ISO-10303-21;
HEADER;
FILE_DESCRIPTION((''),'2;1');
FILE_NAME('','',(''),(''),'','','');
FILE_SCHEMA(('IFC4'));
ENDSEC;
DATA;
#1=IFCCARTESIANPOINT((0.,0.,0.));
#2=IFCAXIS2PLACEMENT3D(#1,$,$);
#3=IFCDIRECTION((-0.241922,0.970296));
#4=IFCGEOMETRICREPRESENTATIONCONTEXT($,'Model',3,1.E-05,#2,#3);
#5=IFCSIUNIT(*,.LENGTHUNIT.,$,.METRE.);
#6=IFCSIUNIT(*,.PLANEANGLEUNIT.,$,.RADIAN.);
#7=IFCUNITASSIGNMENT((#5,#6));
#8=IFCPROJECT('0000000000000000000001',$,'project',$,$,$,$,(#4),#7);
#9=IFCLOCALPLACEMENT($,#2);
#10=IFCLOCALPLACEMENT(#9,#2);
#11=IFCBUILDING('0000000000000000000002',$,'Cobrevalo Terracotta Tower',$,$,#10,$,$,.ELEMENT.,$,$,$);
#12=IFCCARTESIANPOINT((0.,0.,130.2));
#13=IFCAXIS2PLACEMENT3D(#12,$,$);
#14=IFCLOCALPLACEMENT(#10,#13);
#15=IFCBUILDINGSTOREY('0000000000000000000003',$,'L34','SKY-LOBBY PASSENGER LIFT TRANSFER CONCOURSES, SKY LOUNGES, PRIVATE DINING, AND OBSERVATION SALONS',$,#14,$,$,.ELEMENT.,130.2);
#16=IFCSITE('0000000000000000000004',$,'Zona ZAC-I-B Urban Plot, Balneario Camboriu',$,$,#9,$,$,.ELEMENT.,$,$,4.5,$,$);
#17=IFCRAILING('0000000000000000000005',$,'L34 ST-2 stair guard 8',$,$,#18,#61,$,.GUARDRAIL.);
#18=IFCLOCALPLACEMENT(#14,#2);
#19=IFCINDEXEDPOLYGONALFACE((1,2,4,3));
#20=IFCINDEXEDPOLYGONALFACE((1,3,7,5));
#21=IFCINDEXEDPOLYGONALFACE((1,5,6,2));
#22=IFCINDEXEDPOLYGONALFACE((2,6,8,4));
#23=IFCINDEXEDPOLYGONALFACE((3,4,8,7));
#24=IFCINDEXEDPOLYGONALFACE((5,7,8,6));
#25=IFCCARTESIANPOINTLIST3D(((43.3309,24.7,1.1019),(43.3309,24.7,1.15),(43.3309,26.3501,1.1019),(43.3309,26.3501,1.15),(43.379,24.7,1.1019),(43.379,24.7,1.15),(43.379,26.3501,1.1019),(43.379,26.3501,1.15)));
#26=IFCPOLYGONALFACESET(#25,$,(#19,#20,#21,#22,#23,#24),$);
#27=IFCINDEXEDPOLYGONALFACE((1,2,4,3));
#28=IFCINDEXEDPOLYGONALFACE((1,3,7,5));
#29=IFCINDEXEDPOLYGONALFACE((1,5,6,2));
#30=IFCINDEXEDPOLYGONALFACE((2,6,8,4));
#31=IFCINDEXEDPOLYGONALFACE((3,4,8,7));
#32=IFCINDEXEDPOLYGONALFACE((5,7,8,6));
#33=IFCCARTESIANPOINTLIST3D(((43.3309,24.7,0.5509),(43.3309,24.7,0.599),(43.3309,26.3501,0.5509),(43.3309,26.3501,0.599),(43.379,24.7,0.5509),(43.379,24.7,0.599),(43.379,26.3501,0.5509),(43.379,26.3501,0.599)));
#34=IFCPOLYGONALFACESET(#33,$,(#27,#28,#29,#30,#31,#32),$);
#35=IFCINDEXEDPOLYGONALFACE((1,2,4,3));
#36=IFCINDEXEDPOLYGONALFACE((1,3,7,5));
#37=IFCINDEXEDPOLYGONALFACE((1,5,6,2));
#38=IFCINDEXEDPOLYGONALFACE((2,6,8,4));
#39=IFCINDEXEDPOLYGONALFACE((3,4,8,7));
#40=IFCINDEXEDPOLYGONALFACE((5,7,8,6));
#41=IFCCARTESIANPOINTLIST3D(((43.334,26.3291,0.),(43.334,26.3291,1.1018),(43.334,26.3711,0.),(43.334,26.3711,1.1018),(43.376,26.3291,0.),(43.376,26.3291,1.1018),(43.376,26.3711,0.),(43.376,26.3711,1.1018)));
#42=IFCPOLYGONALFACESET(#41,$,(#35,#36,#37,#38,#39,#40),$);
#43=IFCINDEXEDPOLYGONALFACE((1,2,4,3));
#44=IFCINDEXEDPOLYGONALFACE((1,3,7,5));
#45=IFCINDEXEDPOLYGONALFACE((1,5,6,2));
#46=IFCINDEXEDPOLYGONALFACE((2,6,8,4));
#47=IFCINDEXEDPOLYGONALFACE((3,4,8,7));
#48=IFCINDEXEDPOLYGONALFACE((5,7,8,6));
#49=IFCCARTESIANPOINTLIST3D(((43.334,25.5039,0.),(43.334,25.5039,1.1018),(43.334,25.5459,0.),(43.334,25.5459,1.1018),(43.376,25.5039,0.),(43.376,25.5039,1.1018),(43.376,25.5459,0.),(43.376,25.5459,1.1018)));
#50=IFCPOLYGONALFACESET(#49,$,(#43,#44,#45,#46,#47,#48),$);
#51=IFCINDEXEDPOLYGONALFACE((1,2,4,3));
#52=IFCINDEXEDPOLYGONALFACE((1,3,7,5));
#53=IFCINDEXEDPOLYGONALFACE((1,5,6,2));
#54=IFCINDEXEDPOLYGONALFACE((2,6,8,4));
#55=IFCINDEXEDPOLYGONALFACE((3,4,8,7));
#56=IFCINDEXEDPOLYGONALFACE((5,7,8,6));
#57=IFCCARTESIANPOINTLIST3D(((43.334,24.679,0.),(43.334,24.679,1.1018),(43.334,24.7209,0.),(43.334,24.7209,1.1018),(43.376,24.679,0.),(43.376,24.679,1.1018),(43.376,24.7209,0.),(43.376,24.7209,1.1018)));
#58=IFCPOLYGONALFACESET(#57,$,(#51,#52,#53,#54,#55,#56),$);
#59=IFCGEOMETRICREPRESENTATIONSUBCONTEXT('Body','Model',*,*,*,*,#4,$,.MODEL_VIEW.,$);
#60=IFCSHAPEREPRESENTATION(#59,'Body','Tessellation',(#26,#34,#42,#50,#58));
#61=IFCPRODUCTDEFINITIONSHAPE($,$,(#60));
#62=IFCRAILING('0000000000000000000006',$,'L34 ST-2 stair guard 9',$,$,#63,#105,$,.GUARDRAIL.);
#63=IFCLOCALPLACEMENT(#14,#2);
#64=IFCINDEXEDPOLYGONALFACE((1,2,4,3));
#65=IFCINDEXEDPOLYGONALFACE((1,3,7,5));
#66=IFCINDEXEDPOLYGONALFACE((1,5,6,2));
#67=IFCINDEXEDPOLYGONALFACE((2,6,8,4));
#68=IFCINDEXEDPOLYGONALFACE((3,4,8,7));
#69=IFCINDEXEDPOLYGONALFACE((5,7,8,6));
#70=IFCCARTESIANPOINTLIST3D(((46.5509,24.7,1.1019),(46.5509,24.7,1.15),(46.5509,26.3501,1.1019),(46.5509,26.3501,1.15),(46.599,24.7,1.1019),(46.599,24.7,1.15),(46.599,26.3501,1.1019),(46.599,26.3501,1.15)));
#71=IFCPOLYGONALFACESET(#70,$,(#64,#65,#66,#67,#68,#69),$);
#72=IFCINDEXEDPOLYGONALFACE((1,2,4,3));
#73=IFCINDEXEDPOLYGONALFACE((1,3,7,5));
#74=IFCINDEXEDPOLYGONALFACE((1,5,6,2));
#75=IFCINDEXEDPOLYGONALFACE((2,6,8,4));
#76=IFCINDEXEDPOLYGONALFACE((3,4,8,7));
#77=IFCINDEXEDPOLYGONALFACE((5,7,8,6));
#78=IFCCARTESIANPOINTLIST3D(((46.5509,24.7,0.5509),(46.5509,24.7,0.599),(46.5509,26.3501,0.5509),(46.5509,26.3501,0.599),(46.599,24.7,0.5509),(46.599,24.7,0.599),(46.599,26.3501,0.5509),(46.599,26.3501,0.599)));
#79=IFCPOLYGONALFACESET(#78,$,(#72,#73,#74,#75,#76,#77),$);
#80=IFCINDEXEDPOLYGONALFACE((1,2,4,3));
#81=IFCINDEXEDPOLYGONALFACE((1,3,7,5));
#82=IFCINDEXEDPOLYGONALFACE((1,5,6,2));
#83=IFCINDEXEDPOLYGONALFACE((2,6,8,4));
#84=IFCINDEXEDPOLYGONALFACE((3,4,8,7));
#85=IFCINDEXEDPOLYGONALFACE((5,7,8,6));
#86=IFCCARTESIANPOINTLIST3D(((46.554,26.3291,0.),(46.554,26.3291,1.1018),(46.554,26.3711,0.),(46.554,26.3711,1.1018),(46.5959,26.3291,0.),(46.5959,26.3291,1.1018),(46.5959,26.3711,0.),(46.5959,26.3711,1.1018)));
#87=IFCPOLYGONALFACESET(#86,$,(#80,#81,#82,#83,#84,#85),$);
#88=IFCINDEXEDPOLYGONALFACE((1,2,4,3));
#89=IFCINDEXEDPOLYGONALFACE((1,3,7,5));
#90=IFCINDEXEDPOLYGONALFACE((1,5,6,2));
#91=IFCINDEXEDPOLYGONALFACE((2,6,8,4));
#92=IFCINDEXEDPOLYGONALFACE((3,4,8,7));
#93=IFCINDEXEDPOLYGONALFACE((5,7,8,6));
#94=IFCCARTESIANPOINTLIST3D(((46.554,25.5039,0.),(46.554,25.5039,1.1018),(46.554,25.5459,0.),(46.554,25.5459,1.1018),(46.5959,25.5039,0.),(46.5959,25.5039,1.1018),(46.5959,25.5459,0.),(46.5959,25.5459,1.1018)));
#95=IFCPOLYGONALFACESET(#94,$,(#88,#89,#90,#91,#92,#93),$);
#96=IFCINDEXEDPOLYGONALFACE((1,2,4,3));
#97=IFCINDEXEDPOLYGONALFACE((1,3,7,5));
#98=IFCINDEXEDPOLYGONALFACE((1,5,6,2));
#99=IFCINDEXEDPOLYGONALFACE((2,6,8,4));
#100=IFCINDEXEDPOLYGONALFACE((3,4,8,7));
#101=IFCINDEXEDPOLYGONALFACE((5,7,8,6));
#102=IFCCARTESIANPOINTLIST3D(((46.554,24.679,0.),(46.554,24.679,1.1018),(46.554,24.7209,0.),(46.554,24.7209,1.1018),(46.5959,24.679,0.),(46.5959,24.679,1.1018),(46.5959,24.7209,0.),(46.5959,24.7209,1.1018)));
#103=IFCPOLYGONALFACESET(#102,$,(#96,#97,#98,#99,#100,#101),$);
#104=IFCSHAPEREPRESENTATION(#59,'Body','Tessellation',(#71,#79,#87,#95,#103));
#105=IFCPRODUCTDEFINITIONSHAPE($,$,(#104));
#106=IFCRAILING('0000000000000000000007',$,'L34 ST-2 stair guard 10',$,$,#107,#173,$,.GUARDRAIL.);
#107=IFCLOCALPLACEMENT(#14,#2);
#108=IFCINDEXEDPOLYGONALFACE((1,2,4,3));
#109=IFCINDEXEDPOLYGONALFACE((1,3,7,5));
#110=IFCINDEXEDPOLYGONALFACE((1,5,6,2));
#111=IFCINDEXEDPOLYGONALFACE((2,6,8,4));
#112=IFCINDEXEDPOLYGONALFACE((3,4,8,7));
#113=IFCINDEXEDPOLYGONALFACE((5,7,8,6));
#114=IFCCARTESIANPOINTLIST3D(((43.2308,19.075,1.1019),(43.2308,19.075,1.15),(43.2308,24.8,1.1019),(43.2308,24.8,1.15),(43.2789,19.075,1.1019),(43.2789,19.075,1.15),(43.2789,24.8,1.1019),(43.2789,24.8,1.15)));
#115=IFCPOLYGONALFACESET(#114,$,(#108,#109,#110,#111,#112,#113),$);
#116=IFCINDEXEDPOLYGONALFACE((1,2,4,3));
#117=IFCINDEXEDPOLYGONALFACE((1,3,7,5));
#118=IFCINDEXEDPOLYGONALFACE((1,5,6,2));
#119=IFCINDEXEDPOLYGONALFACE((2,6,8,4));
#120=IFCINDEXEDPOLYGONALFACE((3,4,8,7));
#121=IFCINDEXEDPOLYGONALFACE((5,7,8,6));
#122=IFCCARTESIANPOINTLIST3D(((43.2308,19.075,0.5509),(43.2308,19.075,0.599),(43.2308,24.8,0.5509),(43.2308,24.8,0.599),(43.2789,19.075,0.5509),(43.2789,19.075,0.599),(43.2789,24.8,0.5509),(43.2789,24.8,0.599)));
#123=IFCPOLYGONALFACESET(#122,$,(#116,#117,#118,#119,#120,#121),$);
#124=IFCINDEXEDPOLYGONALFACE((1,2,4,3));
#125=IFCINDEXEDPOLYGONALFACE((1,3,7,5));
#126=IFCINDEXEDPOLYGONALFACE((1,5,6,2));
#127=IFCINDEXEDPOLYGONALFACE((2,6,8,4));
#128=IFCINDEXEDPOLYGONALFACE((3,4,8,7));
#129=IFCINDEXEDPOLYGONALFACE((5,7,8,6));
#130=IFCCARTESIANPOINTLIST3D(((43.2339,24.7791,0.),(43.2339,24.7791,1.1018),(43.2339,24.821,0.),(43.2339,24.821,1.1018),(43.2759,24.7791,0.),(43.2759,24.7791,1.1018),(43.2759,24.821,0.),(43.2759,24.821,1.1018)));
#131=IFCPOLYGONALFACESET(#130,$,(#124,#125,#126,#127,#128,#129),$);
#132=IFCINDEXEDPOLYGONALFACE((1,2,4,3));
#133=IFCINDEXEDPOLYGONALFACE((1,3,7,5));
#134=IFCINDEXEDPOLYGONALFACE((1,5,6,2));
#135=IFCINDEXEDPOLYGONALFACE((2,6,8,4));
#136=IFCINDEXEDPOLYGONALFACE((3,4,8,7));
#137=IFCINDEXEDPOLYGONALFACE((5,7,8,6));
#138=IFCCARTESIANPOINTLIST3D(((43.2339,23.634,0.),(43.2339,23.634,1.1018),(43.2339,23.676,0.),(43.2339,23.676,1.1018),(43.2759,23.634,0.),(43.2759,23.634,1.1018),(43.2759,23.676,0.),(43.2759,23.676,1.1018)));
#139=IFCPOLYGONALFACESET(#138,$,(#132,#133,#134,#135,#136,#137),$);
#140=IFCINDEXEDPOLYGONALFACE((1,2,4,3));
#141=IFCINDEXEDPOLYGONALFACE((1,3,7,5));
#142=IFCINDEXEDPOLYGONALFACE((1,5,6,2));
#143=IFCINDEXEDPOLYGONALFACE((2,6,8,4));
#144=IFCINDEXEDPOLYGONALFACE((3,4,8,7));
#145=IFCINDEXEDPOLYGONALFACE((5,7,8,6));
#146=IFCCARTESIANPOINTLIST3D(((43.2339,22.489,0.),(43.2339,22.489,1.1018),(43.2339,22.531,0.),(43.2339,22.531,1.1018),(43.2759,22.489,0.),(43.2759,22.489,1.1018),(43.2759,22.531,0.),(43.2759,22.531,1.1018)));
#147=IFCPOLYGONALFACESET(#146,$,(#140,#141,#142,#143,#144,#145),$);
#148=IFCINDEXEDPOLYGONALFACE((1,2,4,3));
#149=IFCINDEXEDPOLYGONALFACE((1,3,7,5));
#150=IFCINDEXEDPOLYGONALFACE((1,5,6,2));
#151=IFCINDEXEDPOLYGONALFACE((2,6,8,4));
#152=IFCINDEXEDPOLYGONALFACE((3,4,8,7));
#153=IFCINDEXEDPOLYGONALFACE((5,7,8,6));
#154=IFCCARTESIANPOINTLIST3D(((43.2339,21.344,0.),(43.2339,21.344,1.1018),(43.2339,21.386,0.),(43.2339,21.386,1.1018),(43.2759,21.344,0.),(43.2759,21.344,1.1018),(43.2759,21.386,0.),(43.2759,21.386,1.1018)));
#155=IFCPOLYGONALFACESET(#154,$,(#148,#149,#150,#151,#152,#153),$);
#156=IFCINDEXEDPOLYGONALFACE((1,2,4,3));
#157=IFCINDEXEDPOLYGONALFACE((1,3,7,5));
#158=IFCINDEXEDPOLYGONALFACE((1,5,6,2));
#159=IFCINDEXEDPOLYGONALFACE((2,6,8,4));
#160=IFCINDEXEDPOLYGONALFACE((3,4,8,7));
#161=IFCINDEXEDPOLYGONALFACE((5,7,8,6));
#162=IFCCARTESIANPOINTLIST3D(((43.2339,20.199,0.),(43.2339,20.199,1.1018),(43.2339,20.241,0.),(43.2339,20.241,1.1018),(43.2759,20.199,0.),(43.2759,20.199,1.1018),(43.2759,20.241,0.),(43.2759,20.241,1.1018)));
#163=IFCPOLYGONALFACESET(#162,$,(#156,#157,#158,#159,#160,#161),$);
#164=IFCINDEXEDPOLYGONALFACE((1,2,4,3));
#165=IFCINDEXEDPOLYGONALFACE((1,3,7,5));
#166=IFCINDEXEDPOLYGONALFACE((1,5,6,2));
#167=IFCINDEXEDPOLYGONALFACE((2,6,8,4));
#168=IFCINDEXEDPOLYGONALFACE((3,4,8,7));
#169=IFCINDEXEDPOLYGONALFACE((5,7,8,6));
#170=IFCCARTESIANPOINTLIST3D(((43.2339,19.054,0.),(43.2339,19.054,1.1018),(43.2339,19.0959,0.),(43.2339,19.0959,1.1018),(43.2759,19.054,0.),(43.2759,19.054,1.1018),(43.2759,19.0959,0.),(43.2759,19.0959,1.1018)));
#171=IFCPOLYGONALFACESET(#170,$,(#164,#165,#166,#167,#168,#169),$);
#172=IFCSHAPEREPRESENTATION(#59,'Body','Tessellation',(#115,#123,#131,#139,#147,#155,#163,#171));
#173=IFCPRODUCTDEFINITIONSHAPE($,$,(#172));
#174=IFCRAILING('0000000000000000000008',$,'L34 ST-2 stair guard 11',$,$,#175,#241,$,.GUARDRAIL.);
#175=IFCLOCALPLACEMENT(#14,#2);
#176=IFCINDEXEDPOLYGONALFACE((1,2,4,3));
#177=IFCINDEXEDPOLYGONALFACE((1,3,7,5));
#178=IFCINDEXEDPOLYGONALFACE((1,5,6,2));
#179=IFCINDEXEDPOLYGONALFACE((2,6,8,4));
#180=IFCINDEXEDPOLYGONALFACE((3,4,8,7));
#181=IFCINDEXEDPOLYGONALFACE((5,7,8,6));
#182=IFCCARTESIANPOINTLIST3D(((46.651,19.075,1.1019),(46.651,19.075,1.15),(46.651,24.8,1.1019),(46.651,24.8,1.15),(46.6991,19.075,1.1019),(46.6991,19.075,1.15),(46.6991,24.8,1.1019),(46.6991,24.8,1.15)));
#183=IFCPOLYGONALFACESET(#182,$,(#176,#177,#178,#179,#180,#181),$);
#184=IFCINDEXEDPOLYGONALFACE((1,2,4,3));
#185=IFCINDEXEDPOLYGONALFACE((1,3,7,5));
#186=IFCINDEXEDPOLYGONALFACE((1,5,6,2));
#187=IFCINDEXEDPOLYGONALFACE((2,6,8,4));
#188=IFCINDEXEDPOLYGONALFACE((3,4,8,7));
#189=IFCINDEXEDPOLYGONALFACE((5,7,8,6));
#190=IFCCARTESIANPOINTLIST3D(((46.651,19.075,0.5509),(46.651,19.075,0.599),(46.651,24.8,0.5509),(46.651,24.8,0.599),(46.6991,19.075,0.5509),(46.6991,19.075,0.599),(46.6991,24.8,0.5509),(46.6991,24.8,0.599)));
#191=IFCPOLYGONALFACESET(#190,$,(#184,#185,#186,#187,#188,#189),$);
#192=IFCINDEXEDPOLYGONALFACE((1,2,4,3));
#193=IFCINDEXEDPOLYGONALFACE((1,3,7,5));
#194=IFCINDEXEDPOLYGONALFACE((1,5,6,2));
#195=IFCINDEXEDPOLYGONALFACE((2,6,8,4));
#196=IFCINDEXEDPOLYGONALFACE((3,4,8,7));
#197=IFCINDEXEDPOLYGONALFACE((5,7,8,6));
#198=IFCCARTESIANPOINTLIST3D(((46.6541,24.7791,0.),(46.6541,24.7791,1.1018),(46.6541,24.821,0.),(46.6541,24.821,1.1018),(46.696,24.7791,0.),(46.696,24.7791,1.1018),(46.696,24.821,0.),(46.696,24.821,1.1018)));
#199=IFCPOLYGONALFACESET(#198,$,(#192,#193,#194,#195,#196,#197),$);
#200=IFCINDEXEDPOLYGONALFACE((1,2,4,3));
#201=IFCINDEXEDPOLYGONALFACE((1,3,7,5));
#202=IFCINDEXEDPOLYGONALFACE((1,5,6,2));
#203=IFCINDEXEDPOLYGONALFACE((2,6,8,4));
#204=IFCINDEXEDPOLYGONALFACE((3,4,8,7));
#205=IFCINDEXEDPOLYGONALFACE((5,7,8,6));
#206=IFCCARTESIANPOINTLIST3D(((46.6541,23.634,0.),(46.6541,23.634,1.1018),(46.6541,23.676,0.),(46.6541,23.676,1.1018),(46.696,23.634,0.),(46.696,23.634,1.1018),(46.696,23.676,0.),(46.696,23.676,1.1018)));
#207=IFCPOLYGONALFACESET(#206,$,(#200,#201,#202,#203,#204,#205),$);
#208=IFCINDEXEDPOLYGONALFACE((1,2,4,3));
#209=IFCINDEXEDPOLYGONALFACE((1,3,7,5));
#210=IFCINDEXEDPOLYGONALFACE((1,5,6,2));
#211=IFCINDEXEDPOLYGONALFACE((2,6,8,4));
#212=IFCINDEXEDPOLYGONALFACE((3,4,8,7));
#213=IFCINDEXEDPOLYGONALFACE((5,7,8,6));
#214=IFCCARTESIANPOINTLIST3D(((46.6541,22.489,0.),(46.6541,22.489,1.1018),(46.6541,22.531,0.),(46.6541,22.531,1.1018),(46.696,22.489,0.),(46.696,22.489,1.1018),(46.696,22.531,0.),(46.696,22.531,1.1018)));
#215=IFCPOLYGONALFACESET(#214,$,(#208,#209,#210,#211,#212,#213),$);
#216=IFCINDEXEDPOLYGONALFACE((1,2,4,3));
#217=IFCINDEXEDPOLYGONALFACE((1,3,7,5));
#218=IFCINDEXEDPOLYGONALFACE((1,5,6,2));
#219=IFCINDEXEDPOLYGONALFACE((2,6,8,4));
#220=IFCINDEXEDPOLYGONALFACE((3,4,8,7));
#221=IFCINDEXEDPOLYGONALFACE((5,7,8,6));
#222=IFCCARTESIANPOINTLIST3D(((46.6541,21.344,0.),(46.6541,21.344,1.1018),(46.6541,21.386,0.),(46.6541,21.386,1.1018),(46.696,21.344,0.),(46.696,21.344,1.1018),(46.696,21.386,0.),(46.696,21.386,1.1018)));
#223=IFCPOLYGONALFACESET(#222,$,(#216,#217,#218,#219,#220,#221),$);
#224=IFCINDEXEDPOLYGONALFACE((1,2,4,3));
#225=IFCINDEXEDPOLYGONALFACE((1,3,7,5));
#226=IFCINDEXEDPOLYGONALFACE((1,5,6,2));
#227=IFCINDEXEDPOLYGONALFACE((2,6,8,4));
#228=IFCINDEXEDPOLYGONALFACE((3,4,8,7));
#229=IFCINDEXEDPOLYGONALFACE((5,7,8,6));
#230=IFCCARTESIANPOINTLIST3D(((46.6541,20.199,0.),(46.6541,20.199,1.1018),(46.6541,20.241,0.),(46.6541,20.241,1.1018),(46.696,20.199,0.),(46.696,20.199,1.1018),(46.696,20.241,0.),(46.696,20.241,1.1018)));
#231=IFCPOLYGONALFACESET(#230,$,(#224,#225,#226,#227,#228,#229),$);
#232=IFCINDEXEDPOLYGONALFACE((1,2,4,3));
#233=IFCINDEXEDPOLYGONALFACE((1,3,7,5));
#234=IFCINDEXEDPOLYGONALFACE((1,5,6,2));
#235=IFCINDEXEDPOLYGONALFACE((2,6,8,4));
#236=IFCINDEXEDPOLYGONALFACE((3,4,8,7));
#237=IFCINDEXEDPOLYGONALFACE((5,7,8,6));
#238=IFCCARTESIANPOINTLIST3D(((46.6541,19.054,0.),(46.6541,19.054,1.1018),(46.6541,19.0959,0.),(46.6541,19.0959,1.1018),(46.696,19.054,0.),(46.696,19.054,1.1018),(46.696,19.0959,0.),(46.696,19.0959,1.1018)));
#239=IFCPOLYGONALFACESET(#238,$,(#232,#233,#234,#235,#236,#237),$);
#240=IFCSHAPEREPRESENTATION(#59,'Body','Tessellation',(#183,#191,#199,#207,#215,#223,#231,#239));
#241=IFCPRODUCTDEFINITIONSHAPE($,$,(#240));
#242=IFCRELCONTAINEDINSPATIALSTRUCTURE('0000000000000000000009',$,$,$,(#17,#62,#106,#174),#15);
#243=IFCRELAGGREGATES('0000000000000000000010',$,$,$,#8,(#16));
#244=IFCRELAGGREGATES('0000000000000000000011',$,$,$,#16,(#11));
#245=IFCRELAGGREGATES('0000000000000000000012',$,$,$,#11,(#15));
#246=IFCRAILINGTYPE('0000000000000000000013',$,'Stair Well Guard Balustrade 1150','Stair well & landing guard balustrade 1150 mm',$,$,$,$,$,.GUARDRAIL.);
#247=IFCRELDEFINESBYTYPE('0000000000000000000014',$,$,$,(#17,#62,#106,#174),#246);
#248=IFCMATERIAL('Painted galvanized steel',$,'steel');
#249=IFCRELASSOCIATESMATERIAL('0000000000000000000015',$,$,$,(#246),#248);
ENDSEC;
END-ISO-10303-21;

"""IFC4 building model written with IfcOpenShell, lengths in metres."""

from ifc_helpers import new_model, si_unit, direction, frame, origin, origin_2d, place, context, subcontext, project, spatial, rectangle, extrude, material, type_object, element, save


model = new_model("IFC4")

# Units and contexts
model_context = context("Model", 3, precision=1e-05, world=origin(), true_north=direction((-0.241922, 0.970296)))
body_context = subcontext(model_context, "Body", "Model", "MODEL_VIEW")
ifc_project = project(units=[si_unit("LENGTHUNIT", "METRE"), si_unit("PLANEANGLEUNIT", "RADIAN")], contexts=[model_context])

# Site, building, storey
site_placement = place(None, origin())
site = spatial("IfcSite", under=ifc_project, at=site_placement, Name="Zona ZAC-I-B Urban Plot, Balneario Camboriu", CompositionType="ELEMENT", RefElevation=4.5)
building_placement = place(site_placement, origin())
building = spatial("IfcBuilding", under=site, at=building_placement, Name="Cobrevalo Terracotta Tower", CompositionType="ELEMENT")
storey_placement = place(building_placement, frame((0.0, 0.0, 130.2)))
storey = spatial("IfcBuildingStorey", under=building, at=storey_placement, Name="L34", Description="SKY-LOBBY PASSENGER LIFT TRANSFER CONCOURSES, SKY LOUNGES, PRIVATE DINING, AND OBSERVATION SALONS", CompositionType="ELEMENT", Elevation=130.2)

# Railings
ifc_material_1 = material(Name="Painted galvanized steel", Category="steel")
railing_type_1 = type_object("IfcRailingType", Name="Stair Well Guard Balustrade 1150", Description="Stair well & landing guard balustrade 1150 mm", PredefinedType="GUARDRAIL", material=ifc_material_1)
for number, where, name in (
    (1, (43.355, 26.3501, 0.0), "L34 ST-2 stair guard 8"),
    (2, (46.575, 26.3501, 0.0), "L34 ST-2 stair guard 9"),
):
    element("IfcRailing", number, at=place(storey_placement, frame(where)), inside=storey, type_object=railing_type_1, Name=name, PredefinedType="GUARDRAIL", context=body_context, shape_type="SweptSolid", body=[
        extrude(rectangle(XDim=0.0481, YDim=0.0481, at=origin_2d()), frame((0.0, 0.0, 1.126), z_axis=(0.0, -1.0, 0.0), x_axis=(1.0, 0.0, 0.0)), (0.0, 0.0, 1.0), 1.6501),
        extrude(rectangle(XDim=0.0481, YDim=0.0481, at=origin_2d()), frame((0.0, 0.0, 0.575), z_axis=(0.0, -1.0, 0.0), x_axis=(1.0, 0.0, 0.0)), (0.0, 0.0, 1.0), 1.6501),
        extrude(rectangle(XDim=0.042, YDim=0.042, at=origin_2d()), origin(), (0.0, 0.0, 1.0), 1.1018),
        extrude(rectangle(XDim=0.042, YDim=0.042, at=origin_2d()), frame((0.0, -0.8252, 0.0)), (0.0, 0.0, 1.0), 1.1018),
        extrude(rectangle(XDim=0.042, YDim=0.042, at=origin_2d()), frame((0.0, -1.6501, 0.0)), (0.0, 0.0, 1.0), 1.1018),
    ])
for number, where, name in (
    (3, (43.2549, 24.8, 0.0), "L34 ST-2 stair guard 10"),
    (4, (46.675, 24.8, 0.0), "L34 ST-2 stair guard 11"),
):
    element("IfcRailing", number, at=place(storey_placement, frame(where)), inside=storey, type_object=railing_type_1, Name=name, PredefinedType="GUARDRAIL", context=body_context, shape_type="SweptSolid", body=[
        extrude(rectangle(XDim=0.0481, YDim=0.0481, at=origin_2d()), frame((0.0, 0.0, 1.126), z_axis=(0.0, -1.0, 0.0), x_axis=(1.0, 0.0, 0.0)), (0.0, 0.0, 1.0), 5.7251),
        extrude(rectangle(XDim=0.0481, YDim=0.0481, at=origin_2d()), frame((0.0, 0.0, 0.575), z_axis=(0.0, -1.0, 0.0), x_axis=(1.0, 0.0, 0.0)), (0.0, 0.0, 1.0), 5.7251),
        extrude(rectangle(XDim=0.042, YDim=0.042, at=origin_2d()), origin(), (0.0, 0.0, 1.0), 1.1018),
        extrude(rectangle(XDim=0.042, YDim=0.042, at=origin_2d()), frame((0.0, -1.145, 0.0)), (0.0, 0.0, 1.0), 1.1018),
        extrude(rectangle(XDim=0.042, YDim=0.042, at=origin_2d()), frame((0.0, -2.29, 0.0)), (0.0, 0.0, 1.0), 1.1018),
        extrude(rectangle(XDim=0.042, YDim=0.042, at=origin_2d()), frame((0.0, -3.4351, 0.0)), (0.0, 0.0, 1.0), 1.1018),
        extrude(rectangle(XDim=0.042, YDim=0.042, at=origin_2d()), frame((0.0, -4.5801, 0.0)), (0.0, 0.0, 1.0), 1.1018),
        extrude(rectangle(XDim=0.042, YDim=0.042, at=origin_2d()), frame((0.0, -5.7251, 0.0)), (0.0, 0.0, 1.0), 1.1018),
    ])

save(model, "model.ifc")
